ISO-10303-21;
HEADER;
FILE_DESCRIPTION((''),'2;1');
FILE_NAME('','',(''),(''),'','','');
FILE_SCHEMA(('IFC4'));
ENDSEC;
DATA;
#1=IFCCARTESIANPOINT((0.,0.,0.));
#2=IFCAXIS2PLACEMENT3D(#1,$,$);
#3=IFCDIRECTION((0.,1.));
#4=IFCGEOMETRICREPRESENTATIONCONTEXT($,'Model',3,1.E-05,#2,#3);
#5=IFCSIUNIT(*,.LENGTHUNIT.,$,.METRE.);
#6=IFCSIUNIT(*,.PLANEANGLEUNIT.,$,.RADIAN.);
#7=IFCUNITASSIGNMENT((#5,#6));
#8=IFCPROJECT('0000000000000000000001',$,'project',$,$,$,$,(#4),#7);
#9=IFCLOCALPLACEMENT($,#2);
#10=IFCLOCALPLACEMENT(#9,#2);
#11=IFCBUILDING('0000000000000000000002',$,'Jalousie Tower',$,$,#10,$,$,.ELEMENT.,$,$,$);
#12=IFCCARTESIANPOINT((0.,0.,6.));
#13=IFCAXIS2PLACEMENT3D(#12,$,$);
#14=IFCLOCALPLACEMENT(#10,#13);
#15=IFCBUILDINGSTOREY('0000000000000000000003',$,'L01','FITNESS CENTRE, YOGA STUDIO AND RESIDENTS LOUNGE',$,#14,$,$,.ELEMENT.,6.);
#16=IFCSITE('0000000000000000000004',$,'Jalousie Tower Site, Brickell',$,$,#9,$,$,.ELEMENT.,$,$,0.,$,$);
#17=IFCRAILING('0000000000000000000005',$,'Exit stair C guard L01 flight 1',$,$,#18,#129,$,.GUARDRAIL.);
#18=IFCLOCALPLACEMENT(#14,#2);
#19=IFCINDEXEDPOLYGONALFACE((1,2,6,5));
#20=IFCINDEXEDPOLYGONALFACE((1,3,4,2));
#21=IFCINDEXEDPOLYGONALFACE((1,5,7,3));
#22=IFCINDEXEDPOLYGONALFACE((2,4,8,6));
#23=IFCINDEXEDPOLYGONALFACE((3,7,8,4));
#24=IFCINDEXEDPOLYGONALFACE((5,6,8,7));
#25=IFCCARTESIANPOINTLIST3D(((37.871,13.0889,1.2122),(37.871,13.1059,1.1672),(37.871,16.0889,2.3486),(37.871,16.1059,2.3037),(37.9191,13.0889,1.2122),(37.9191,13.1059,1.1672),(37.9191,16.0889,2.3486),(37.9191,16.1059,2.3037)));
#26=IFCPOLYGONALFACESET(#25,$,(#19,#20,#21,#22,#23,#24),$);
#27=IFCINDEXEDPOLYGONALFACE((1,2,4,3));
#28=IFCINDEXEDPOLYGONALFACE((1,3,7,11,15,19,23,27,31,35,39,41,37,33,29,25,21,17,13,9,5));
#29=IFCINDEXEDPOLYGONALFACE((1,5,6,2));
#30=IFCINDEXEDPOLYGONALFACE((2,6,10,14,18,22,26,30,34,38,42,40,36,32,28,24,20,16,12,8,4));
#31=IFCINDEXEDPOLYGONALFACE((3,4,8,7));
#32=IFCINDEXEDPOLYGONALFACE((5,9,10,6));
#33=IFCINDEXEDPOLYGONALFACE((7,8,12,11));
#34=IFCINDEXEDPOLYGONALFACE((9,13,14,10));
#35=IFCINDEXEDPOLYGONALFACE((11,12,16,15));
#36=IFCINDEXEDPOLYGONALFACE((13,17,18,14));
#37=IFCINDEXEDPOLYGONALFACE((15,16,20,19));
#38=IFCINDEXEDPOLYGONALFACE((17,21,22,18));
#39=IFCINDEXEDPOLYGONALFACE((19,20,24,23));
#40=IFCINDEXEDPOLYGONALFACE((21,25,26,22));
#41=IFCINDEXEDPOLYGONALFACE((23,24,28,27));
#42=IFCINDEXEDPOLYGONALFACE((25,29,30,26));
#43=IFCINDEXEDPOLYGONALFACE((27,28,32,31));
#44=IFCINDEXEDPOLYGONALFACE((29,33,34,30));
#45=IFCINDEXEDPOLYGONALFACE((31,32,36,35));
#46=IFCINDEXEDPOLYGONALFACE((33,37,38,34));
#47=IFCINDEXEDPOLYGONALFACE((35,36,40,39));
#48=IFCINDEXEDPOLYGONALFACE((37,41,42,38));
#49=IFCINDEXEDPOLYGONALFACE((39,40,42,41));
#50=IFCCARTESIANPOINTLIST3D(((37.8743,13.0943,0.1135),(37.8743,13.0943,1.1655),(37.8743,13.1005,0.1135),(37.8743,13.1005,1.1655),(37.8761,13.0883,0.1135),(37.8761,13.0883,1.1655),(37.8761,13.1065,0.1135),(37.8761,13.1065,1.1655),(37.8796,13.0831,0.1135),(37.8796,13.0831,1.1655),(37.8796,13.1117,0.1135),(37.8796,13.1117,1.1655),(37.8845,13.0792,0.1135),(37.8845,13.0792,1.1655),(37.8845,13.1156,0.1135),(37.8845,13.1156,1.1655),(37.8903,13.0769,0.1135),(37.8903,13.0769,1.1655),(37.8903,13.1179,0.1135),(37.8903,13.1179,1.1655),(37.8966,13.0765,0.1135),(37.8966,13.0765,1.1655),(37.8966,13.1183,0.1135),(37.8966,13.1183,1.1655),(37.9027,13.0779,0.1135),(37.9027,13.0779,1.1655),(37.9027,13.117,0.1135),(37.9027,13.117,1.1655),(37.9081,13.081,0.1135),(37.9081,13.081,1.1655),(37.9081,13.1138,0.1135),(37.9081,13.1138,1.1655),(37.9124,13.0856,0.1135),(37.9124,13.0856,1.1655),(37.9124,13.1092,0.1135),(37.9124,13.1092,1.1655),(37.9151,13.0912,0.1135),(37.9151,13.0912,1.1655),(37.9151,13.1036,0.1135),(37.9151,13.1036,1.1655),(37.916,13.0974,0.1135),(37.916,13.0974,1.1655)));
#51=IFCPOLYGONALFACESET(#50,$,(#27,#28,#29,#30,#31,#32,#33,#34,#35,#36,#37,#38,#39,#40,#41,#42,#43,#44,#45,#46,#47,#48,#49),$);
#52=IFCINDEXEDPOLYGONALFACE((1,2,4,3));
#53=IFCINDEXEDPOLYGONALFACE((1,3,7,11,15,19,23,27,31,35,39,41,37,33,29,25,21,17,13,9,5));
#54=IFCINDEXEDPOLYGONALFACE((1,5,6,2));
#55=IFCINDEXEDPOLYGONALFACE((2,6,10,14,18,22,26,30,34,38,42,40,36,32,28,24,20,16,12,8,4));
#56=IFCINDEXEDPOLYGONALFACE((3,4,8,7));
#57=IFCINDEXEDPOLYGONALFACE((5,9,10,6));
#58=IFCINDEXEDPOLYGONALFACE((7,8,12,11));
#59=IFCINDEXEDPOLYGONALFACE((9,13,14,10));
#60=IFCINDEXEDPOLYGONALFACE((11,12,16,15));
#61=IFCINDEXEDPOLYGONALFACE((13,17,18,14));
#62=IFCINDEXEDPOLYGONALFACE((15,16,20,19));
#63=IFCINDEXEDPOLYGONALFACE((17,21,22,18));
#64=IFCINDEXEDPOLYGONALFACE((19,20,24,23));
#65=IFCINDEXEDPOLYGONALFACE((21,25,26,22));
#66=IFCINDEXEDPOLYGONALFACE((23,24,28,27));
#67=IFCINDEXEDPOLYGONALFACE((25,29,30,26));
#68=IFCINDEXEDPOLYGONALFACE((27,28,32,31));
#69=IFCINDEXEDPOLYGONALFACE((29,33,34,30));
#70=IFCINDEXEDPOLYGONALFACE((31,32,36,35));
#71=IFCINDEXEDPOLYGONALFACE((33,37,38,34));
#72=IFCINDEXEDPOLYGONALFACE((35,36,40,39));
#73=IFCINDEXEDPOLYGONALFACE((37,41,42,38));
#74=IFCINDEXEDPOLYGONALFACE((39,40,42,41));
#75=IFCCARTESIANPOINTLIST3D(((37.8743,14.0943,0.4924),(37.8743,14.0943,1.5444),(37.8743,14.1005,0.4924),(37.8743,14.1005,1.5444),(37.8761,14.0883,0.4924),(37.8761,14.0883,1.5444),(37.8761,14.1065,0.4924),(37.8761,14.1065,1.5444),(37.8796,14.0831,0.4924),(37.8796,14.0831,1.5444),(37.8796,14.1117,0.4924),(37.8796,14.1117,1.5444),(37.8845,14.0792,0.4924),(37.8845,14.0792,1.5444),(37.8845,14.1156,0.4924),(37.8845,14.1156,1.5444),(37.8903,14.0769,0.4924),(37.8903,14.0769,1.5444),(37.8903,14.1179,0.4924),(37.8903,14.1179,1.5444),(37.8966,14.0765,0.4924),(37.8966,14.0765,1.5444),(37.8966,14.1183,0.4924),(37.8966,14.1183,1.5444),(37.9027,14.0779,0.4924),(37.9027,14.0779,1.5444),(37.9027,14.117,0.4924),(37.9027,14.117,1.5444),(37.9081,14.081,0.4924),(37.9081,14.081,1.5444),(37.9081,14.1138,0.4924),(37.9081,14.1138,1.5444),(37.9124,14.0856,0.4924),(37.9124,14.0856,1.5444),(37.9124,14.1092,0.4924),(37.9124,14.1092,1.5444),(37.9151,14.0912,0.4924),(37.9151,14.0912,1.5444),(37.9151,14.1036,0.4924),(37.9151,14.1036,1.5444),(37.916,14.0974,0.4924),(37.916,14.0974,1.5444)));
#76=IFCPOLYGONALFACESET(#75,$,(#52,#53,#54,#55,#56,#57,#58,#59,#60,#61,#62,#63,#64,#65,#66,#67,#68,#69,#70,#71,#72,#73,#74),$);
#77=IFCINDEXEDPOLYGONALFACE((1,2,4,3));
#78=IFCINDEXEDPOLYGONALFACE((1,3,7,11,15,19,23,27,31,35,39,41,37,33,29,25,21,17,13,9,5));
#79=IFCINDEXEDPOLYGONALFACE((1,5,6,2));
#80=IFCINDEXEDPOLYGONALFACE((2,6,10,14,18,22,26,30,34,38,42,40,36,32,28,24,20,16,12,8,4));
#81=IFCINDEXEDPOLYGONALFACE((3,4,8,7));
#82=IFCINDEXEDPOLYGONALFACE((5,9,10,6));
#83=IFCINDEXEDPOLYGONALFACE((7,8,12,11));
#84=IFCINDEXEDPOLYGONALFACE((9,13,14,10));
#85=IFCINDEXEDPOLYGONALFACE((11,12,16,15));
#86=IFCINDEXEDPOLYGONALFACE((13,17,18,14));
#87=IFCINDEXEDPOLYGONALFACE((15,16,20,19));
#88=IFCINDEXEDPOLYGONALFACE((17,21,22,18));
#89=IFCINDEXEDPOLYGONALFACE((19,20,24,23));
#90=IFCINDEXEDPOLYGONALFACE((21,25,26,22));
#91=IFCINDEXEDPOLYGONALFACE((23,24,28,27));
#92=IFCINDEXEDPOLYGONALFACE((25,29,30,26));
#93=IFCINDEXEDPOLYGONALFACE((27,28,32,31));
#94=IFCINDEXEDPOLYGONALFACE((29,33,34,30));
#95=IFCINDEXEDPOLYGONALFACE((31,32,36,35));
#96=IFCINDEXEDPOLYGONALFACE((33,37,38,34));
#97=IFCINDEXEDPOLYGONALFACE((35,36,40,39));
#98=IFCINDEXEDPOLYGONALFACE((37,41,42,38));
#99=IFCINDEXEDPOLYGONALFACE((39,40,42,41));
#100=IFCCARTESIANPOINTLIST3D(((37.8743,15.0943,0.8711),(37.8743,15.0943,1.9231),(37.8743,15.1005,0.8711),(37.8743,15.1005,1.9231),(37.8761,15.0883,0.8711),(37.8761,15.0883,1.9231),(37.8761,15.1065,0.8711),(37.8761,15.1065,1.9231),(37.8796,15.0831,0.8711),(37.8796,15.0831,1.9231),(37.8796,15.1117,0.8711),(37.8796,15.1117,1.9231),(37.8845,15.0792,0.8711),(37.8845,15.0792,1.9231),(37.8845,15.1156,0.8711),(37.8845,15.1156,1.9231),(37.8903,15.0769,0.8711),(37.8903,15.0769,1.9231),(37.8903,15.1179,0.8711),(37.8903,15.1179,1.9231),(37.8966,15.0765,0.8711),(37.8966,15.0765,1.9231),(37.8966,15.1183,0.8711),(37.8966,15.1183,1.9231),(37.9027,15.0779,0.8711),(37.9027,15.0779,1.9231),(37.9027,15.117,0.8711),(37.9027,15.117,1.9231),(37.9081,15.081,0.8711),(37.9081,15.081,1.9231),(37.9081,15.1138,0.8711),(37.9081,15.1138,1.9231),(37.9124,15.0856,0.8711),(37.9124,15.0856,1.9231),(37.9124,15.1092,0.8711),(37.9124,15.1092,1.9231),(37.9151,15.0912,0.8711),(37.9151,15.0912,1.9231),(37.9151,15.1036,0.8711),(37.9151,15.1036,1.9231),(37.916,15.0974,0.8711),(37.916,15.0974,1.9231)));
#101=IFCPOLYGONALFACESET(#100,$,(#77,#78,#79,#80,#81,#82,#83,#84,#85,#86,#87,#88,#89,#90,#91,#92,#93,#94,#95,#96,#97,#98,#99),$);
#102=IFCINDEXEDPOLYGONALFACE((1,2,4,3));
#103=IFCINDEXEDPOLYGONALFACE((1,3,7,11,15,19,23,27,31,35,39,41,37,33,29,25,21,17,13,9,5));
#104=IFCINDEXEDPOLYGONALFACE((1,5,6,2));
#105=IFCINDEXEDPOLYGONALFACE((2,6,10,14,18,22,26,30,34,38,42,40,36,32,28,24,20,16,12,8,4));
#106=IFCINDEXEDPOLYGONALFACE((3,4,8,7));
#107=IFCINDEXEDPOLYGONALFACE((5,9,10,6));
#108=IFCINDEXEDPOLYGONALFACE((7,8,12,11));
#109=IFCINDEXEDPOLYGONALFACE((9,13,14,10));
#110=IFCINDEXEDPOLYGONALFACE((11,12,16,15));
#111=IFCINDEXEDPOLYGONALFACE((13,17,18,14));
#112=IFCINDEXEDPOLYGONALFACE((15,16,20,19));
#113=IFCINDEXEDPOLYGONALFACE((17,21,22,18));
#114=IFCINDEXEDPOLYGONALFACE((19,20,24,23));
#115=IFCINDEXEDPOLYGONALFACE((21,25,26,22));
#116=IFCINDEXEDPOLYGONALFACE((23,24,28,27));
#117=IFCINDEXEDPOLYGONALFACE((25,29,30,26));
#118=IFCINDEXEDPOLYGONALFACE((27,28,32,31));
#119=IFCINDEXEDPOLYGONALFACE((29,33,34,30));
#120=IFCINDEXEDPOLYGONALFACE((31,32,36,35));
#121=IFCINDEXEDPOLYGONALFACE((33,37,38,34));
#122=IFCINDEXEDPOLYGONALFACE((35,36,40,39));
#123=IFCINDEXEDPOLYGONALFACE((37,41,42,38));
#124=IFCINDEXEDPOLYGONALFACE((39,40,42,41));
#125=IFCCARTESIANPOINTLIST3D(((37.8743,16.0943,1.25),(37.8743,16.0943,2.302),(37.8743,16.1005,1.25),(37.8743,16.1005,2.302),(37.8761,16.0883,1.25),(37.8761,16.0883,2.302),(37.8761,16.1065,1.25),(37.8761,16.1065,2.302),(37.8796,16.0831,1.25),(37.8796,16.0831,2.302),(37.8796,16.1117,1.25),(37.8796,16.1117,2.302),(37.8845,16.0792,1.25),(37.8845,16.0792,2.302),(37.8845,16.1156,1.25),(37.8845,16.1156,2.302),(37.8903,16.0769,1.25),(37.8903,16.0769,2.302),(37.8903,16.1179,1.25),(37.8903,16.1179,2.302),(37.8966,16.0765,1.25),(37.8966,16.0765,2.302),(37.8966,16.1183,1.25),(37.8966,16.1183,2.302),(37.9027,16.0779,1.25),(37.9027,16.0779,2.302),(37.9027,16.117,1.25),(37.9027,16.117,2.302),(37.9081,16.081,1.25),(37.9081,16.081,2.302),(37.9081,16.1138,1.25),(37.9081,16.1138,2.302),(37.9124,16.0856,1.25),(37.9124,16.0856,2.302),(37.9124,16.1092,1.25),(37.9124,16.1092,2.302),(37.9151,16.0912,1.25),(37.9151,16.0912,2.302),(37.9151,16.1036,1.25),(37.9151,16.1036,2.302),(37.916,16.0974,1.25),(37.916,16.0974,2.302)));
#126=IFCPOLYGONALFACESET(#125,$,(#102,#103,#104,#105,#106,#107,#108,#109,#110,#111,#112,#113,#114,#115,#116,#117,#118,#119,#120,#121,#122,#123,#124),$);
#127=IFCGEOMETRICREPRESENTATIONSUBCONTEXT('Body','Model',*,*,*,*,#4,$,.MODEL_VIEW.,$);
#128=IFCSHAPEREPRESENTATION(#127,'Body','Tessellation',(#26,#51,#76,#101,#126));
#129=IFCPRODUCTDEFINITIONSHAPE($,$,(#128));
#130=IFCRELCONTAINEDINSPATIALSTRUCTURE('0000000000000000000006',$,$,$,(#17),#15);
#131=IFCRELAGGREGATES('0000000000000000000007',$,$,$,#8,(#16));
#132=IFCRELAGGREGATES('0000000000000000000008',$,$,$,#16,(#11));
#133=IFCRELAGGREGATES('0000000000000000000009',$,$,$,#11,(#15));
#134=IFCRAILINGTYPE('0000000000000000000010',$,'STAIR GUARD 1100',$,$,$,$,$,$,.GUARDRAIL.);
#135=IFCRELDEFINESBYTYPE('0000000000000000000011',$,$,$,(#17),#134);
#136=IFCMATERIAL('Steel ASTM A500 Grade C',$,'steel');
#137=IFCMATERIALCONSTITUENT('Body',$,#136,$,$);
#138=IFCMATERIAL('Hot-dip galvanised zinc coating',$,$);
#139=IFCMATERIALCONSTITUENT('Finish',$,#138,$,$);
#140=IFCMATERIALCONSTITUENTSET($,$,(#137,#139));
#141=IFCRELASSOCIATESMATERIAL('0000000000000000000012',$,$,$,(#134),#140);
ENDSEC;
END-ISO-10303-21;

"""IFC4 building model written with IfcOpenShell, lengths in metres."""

from ifc_helpers import new_model, si_unit, direction, frame, origin, origin_2d, place, context, subcontext, project, spatial, rectangle, circle, extrude, material, constituent, constituent_set, type_object, element, save


model = new_model("IFC4")

# Units and contexts
model_context = context("Model", 3, precision=1e-05, world=origin(), true_north=direction((0.0, 1.0)))
body_context = subcontext(model_context, "Body", "Model", "MODEL_VIEW")
ifc_project = project(units=[si_unit("LENGTHUNIT", "METRE"), si_unit("PLANEANGLEUNIT", "RADIAN")], contexts=[model_context])

# Site, building, storey
site_placement = place(None, origin())
site = spatial("IfcSite", under=ifc_project, at=site_placement, Name="Jalousie Tower Site, Brickell", CompositionType="ELEMENT", RefElevation=0.0)
building_placement = place(site_placement, origin())
building = spatial("IfcBuilding", under=site, at=building_placement, Name="Jalousie Tower", CompositionType="ELEMENT")
storey_placement = place(building_placement, frame((0.0, 0.0, 6.0)))
storey = spatial("IfcBuildingStorey", under=building, at=storey_placement, Name="L01", Description="FITNESS CENTRE, YOGA STUDIO AND RESIDENTS LOUNGE", CompositionType="ELEMENT", Elevation=6.0)

# Railing
ifc_material_1 = material(Name="Steel ASTM A500 Grade C", Category="steel")
ifc_constituent_1 = constituent(ifc_material_1, Name="Body")
ifc_material_2 = material(Name="Hot-dip galvanised zinc coating")
ifc_constituent_2 = constituent(ifc_material_2, Name="Finish")
ifc_constituent_set_1 = constituent_set(constituents=[ifc_constituent_1, ifc_constituent_2])
railing_type_1 = type_object("IfcRailingType", Name="STAIR GUARD 1100", PredefinedType="GUARDRAIL", material=ifc_constituent_set_1)
railing_1_placement = place(storey_placement, frame((37.895, 13.0974, 0.1135)))
element("IfcRailing", 1, at=railing_1_placement, inside=storey, type_object=railing_type_1, Name="Exit stair C guard L01 flight 1", PredefinedType="GUARDRAIL", context=body_context, shape_type="SweptSolid", body=[
    extrude(rectangle(XDim=0.0481, YDim=0.0481, at=origin_2d()), frame((0.0, 0.0, 1.0762), z_axis=(0.0, 0.935148, 0.354257), x_axis=(-1.0, 0.0, 0.0)), (0.0, 0.0, 1.0), 3.208),
    extrude(circle(Radius=0.021, at=origin_2d()), origin(), (0.0, 0.0, 1.0), 1.052),
    extrude(circle(Radius=0.021, at=origin_2d()), frame((0.0, 1.0, 0.3789)), (0.0, 0.0, 1.0), 1.052),
    extrude(circle(Radius=0.021, at=origin_2d()), frame((0.0, 2.0, 0.7576)), (0.0, 0.0, 1.0), 1.052),
    extrude(circle(Radius=0.021, at=origin_2d()), frame((0.0, 3.0, 1.1365)), (0.0, 0.0, 1.0), 1.052),
])

save(model, "model.ifc")
